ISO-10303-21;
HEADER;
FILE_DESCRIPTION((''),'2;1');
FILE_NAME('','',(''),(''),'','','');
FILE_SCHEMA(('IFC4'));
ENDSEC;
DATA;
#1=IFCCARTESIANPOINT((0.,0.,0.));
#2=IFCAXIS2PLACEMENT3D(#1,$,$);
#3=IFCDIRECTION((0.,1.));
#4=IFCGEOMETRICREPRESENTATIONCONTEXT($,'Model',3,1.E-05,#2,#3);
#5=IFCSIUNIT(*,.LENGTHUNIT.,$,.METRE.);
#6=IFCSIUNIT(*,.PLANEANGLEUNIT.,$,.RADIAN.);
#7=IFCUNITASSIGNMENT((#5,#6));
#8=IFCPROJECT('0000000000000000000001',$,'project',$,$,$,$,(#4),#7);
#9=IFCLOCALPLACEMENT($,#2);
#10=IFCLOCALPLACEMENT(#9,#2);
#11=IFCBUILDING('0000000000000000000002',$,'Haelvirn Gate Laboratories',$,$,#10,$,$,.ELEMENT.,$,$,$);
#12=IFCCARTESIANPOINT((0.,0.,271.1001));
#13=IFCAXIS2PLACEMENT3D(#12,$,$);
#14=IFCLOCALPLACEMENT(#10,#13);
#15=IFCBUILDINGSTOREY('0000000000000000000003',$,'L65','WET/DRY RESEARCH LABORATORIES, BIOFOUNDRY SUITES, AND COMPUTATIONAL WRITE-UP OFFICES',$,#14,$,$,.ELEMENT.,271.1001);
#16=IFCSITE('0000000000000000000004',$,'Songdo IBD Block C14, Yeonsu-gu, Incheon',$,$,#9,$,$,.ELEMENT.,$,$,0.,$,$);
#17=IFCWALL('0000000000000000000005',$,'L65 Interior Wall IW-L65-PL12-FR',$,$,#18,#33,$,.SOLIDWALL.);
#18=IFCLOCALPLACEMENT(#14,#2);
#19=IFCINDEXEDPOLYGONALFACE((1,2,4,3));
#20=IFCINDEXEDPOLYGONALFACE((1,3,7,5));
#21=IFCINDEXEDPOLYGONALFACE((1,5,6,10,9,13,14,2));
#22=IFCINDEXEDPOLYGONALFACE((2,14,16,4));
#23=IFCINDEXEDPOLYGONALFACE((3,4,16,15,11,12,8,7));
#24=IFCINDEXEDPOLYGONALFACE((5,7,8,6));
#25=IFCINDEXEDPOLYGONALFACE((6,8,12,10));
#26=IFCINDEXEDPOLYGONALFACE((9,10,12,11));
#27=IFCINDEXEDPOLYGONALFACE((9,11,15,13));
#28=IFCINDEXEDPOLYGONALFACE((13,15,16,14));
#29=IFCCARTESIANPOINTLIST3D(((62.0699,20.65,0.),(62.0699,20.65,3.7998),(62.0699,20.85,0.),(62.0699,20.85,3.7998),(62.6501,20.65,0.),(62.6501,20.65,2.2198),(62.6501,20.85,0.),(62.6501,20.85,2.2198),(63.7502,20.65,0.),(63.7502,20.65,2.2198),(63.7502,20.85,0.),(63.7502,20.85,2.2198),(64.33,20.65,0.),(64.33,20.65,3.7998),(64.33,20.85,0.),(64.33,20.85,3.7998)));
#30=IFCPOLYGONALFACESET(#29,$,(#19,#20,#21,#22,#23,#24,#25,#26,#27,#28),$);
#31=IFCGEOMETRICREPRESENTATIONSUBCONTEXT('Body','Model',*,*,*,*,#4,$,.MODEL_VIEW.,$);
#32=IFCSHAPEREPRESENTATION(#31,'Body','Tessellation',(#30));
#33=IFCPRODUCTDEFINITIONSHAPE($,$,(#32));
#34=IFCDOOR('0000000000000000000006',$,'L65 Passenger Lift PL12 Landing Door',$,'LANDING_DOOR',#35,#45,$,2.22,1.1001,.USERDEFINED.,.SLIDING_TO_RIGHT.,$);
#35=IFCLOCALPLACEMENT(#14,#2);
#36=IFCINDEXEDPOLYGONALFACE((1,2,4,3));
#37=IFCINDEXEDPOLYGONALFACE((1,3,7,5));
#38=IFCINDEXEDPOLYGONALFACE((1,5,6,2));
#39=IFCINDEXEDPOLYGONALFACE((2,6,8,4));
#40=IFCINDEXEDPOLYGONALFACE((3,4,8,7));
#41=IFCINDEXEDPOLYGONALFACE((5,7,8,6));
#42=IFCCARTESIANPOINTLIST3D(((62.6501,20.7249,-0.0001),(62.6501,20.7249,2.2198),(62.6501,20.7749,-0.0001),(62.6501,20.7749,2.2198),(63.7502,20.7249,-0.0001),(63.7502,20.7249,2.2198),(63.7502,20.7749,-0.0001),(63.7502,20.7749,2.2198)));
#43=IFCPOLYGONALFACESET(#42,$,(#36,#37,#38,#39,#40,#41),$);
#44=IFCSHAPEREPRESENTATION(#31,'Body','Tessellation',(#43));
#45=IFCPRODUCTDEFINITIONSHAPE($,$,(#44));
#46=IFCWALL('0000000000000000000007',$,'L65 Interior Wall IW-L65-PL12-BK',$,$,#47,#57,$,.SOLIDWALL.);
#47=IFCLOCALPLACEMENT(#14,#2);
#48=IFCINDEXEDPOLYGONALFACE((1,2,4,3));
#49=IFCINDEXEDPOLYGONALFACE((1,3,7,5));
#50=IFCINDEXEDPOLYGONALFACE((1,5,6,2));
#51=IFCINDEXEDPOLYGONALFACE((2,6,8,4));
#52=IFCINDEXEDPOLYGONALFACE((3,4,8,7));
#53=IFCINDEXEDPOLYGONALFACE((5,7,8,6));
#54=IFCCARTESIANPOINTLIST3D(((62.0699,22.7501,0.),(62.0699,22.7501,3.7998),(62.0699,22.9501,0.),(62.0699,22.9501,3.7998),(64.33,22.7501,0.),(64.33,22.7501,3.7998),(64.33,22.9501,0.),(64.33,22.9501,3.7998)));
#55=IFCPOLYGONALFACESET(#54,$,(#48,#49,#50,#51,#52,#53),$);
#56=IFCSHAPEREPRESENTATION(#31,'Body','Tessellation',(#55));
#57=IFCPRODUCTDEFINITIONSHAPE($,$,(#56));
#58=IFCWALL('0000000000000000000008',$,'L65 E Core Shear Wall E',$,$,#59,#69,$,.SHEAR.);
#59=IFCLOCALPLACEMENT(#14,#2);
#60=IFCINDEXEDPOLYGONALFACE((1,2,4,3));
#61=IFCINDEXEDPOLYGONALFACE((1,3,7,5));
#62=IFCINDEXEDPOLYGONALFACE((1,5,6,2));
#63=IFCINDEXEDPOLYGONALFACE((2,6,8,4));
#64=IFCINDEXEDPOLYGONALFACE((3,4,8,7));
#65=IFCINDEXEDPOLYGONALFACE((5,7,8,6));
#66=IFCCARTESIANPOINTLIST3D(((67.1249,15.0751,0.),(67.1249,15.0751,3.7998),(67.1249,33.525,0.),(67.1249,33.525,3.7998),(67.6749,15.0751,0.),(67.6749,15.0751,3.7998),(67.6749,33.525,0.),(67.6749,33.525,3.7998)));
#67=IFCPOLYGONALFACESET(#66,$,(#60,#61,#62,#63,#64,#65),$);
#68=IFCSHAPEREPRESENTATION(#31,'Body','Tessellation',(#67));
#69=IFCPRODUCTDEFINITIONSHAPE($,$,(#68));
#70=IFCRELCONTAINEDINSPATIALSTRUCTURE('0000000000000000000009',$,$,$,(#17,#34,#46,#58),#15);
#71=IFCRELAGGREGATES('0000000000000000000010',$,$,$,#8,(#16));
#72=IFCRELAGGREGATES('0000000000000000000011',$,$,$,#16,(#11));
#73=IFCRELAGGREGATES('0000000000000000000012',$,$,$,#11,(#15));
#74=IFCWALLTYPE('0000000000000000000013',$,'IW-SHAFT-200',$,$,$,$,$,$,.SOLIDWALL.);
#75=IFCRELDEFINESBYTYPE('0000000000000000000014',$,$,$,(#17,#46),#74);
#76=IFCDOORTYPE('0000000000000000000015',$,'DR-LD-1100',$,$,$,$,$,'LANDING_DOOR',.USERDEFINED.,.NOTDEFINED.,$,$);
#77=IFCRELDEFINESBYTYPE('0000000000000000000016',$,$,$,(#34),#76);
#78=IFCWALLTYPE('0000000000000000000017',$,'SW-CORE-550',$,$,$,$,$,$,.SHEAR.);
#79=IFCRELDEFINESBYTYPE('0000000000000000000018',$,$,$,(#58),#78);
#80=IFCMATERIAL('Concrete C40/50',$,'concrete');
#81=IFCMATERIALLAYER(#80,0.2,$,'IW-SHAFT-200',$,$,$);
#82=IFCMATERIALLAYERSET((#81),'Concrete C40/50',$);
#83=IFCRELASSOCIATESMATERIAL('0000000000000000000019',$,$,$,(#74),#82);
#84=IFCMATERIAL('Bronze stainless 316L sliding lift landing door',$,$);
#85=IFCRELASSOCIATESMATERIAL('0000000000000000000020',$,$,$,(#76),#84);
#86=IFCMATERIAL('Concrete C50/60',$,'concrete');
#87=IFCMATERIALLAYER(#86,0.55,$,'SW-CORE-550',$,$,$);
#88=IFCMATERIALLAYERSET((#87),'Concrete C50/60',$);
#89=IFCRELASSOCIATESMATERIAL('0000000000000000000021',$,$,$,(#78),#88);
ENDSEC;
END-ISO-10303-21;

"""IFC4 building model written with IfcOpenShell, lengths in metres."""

from ifc_helpers import new_model, si_unit, direction, frame, frame_2d, origin, place, context, subcontext, project, spatial, rectangle, extrude, source, transform, mapped, material, layer, layer_set, type_object, type_shapes, element, fill, save


model = new_model("IFC4")

# Units and contexts
model_context = context("Model", 3, precision=1e-05, world=origin(), true_north=direction((0.0, 1.0)))
body_context = subcontext(model_context, "Body", "Model", "MODEL_VIEW")
ifc_project = project(units=[si_unit("LENGTHUNIT", "METRE"), si_unit("PLANEANGLEUNIT", "RADIAN")], contexts=[model_context])

# Site, building, storey
site_placement = place(None, origin())
site = spatial("IfcSite", under=ifc_project, at=site_placement, Name="Songdo IBD Block C14, Yeonsu-gu, Incheon", CompositionType="ELEMENT", RefElevation=0.0)
building_placement = place(site_placement, origin())
building = spatial("IfcBuilding", under=site, at=building_placement, Name="Haelvirn Gate Laboratories", CompositionType="ELEMENT")
storey_placement = place(building_placement, frame((0.0, 0.0, 271.1001)))
storey = spatial("IfcBuildingStorey", under=building, at=storey_placement, Name="L65", Description="WET/DRY RESEARCH LABORATORIES, BIOFOUNDRY SUITES, AND COMPUTATIONAL WRITE-UP OFFICES", CompositionType="ELEMENT", Elevation=271.1001)

# Shared definitions
ifc_material_1 = material(Name="Concrete C50/60", Category="concrete")

# Shared definitions
ifc_material_2 = material(Name="Concrete C40/50", Category="concrete")

# Shared definitions
ifc_layer_1 = layer(ifc_material_2, 0.2, Name="IW-SHAFT-200")
ifc_layer_set_1 = layer_set([ifc_layer_1], Name="Concrete C40/50")
wall_type_1 = type_object("IfcWallType", Name="IW-SHAFT-200", PredefinedType="SOLIDWALL", material=ifc_layer_set_1)
ifc_material_3 = material(Name="Bronze stainless 316L sliding lift landing door")
door_type_1 = type_object("IfcDoorType", Name="DR-LD-1100", ElementType="LANDING_DOOR", OperationType="NOTDEFINED", PredefinedType="USERDEFINED", material=ifc_material_3)
shared_shape_1 = source(origin(), body_context, "Body", "SweptSolid", [
    extrude(rectangle(XDim=1.1001, YDim=2.22, at=frame_2d((0.55, 1.1099))), frame((0.0, 0.0249, 0.0), z_axis=(0.0, -1.0, 0.0), x_axis=(1.0, 0.0, 0.0)), (0.0, 0.0, 1.0), 0.05),
])
type_shapes(door_type_1, [shared_shape_1])

# Wall, opening, door
wall_1_placement = place(storey_placement, frame((62.0701, 20.75, 0.0), z_axis=(0.0, 0.0, 1.0), x_axis=(1.0, 0.0, 0.0)))
wall_1 = element("IfcWall", 1, at=wall_1_placement, inside=storey, type_object=wall_type_1, Name="L65 Interior Wall IW-L65-PL12-FR", PredefinedType="SOLIDWALL", context=body_context, shape_type="SweptSolid", body=[
    extrude(rectangle(XDim=2.26, YDim=0.2, at=frame_2d((1.1299, 0.0))), origin(), (0.0, 0.0, 1.0), 3.7998),
])
opening_1_placement = place(wall_1_placement, frame((0.5801, 0.0, 0.0)))
opening_1 = element("IfcOpeningElement", 2, at=opening_1_placement, cuts=wall_1, PredefinedType="OPENING", context=body_context, shape_type="SweptSolid", body=[
    extrude(rectangle(XDim=1.1001, YDim=2.22, at=frame_2d((0.55, 1.1099))), frame((0.0, 0.1099, 0.0), z_axis=(0.0, -1.0, 0.0), x_axis=(1.0, 0.0, 0.0)), (0.0, 0.0, 1.0), 0.22),
])
door_1_placement = place(opening_1_placement, origin())
door_1 = element("IfcDoor", 3, at=door_1_placement, inside=storey, type_object=door_type_1, Name="L65 Passenger Lift PL12 Landing Door", ObjectType="LANDING_DOOR", OperationType="SLIDING_TO_RIGHT", OverallHeight=2.22, OverallWidth=1.1001, PredefinedType="USERDEFINED", context=body_context, shape_type="MappedRepresentation", body=[
    mapped(shared_shape_1, transform((0.0, 0.0, 0.0), scale=1.0)),
])
fill(opening_1, door_1)

# Walls
wall_2_placement = place(storey_placement, frame((62.0701, 22.8501, 0.0), z_axis=(0.0, 0.0, 1.0), x_axis=(1.0, 0.0, 0.0)))
element("IfcWall", 4, at=wall_2_placement, inside=storey, type_object=wall_type_1, Name="L65 Interior Wall IW-L65-PL12-BK", PredefinedType="SOLIDWALL", context=body_context, shape_type="SweptSolid", body=[
    extrude(rectangle(XDim=2.26, YDim=0.2, at=frame_2d((1.1299, 0.0))), origin(), (0.0, 0.0, 1.0), 3.7998),
])
ifc_layer_2 = layer(ifc_material_1, 0.55, Name="SW-CORE-550")
ifc_layer_set_2 = layer_set([ifc_layer_2], Name="Concrete C50/60")
wall_type_2 = type_object("IfcWallType", Name="SW-CORE-550", PredefinedType="SHEAR", material=ifc_layer_set_2)
wall_3_placement = place(storey_placement, frame((67.3999, 15.075, 0.0), z_axis=(0.0, 0.0, 1.0), x_axis=(0.0, 1.0, 0.0)))
element("IfcWall", 5, at=wall_3_placement, inside=storey, type_object=wall_type_2, Name="L65 E Core Shear Wall E", PredefinedType="SHEAR", context=body_context, shape_type="SweptSolid", body=[
    extrude(rectangle(XDim=18.45, YDim=0.55, at=frame_2d((9.2251, 0.0))), origin(), (0.0, 0.0, 1.0), 3.7998),
])

save(model, "model.ifc")
